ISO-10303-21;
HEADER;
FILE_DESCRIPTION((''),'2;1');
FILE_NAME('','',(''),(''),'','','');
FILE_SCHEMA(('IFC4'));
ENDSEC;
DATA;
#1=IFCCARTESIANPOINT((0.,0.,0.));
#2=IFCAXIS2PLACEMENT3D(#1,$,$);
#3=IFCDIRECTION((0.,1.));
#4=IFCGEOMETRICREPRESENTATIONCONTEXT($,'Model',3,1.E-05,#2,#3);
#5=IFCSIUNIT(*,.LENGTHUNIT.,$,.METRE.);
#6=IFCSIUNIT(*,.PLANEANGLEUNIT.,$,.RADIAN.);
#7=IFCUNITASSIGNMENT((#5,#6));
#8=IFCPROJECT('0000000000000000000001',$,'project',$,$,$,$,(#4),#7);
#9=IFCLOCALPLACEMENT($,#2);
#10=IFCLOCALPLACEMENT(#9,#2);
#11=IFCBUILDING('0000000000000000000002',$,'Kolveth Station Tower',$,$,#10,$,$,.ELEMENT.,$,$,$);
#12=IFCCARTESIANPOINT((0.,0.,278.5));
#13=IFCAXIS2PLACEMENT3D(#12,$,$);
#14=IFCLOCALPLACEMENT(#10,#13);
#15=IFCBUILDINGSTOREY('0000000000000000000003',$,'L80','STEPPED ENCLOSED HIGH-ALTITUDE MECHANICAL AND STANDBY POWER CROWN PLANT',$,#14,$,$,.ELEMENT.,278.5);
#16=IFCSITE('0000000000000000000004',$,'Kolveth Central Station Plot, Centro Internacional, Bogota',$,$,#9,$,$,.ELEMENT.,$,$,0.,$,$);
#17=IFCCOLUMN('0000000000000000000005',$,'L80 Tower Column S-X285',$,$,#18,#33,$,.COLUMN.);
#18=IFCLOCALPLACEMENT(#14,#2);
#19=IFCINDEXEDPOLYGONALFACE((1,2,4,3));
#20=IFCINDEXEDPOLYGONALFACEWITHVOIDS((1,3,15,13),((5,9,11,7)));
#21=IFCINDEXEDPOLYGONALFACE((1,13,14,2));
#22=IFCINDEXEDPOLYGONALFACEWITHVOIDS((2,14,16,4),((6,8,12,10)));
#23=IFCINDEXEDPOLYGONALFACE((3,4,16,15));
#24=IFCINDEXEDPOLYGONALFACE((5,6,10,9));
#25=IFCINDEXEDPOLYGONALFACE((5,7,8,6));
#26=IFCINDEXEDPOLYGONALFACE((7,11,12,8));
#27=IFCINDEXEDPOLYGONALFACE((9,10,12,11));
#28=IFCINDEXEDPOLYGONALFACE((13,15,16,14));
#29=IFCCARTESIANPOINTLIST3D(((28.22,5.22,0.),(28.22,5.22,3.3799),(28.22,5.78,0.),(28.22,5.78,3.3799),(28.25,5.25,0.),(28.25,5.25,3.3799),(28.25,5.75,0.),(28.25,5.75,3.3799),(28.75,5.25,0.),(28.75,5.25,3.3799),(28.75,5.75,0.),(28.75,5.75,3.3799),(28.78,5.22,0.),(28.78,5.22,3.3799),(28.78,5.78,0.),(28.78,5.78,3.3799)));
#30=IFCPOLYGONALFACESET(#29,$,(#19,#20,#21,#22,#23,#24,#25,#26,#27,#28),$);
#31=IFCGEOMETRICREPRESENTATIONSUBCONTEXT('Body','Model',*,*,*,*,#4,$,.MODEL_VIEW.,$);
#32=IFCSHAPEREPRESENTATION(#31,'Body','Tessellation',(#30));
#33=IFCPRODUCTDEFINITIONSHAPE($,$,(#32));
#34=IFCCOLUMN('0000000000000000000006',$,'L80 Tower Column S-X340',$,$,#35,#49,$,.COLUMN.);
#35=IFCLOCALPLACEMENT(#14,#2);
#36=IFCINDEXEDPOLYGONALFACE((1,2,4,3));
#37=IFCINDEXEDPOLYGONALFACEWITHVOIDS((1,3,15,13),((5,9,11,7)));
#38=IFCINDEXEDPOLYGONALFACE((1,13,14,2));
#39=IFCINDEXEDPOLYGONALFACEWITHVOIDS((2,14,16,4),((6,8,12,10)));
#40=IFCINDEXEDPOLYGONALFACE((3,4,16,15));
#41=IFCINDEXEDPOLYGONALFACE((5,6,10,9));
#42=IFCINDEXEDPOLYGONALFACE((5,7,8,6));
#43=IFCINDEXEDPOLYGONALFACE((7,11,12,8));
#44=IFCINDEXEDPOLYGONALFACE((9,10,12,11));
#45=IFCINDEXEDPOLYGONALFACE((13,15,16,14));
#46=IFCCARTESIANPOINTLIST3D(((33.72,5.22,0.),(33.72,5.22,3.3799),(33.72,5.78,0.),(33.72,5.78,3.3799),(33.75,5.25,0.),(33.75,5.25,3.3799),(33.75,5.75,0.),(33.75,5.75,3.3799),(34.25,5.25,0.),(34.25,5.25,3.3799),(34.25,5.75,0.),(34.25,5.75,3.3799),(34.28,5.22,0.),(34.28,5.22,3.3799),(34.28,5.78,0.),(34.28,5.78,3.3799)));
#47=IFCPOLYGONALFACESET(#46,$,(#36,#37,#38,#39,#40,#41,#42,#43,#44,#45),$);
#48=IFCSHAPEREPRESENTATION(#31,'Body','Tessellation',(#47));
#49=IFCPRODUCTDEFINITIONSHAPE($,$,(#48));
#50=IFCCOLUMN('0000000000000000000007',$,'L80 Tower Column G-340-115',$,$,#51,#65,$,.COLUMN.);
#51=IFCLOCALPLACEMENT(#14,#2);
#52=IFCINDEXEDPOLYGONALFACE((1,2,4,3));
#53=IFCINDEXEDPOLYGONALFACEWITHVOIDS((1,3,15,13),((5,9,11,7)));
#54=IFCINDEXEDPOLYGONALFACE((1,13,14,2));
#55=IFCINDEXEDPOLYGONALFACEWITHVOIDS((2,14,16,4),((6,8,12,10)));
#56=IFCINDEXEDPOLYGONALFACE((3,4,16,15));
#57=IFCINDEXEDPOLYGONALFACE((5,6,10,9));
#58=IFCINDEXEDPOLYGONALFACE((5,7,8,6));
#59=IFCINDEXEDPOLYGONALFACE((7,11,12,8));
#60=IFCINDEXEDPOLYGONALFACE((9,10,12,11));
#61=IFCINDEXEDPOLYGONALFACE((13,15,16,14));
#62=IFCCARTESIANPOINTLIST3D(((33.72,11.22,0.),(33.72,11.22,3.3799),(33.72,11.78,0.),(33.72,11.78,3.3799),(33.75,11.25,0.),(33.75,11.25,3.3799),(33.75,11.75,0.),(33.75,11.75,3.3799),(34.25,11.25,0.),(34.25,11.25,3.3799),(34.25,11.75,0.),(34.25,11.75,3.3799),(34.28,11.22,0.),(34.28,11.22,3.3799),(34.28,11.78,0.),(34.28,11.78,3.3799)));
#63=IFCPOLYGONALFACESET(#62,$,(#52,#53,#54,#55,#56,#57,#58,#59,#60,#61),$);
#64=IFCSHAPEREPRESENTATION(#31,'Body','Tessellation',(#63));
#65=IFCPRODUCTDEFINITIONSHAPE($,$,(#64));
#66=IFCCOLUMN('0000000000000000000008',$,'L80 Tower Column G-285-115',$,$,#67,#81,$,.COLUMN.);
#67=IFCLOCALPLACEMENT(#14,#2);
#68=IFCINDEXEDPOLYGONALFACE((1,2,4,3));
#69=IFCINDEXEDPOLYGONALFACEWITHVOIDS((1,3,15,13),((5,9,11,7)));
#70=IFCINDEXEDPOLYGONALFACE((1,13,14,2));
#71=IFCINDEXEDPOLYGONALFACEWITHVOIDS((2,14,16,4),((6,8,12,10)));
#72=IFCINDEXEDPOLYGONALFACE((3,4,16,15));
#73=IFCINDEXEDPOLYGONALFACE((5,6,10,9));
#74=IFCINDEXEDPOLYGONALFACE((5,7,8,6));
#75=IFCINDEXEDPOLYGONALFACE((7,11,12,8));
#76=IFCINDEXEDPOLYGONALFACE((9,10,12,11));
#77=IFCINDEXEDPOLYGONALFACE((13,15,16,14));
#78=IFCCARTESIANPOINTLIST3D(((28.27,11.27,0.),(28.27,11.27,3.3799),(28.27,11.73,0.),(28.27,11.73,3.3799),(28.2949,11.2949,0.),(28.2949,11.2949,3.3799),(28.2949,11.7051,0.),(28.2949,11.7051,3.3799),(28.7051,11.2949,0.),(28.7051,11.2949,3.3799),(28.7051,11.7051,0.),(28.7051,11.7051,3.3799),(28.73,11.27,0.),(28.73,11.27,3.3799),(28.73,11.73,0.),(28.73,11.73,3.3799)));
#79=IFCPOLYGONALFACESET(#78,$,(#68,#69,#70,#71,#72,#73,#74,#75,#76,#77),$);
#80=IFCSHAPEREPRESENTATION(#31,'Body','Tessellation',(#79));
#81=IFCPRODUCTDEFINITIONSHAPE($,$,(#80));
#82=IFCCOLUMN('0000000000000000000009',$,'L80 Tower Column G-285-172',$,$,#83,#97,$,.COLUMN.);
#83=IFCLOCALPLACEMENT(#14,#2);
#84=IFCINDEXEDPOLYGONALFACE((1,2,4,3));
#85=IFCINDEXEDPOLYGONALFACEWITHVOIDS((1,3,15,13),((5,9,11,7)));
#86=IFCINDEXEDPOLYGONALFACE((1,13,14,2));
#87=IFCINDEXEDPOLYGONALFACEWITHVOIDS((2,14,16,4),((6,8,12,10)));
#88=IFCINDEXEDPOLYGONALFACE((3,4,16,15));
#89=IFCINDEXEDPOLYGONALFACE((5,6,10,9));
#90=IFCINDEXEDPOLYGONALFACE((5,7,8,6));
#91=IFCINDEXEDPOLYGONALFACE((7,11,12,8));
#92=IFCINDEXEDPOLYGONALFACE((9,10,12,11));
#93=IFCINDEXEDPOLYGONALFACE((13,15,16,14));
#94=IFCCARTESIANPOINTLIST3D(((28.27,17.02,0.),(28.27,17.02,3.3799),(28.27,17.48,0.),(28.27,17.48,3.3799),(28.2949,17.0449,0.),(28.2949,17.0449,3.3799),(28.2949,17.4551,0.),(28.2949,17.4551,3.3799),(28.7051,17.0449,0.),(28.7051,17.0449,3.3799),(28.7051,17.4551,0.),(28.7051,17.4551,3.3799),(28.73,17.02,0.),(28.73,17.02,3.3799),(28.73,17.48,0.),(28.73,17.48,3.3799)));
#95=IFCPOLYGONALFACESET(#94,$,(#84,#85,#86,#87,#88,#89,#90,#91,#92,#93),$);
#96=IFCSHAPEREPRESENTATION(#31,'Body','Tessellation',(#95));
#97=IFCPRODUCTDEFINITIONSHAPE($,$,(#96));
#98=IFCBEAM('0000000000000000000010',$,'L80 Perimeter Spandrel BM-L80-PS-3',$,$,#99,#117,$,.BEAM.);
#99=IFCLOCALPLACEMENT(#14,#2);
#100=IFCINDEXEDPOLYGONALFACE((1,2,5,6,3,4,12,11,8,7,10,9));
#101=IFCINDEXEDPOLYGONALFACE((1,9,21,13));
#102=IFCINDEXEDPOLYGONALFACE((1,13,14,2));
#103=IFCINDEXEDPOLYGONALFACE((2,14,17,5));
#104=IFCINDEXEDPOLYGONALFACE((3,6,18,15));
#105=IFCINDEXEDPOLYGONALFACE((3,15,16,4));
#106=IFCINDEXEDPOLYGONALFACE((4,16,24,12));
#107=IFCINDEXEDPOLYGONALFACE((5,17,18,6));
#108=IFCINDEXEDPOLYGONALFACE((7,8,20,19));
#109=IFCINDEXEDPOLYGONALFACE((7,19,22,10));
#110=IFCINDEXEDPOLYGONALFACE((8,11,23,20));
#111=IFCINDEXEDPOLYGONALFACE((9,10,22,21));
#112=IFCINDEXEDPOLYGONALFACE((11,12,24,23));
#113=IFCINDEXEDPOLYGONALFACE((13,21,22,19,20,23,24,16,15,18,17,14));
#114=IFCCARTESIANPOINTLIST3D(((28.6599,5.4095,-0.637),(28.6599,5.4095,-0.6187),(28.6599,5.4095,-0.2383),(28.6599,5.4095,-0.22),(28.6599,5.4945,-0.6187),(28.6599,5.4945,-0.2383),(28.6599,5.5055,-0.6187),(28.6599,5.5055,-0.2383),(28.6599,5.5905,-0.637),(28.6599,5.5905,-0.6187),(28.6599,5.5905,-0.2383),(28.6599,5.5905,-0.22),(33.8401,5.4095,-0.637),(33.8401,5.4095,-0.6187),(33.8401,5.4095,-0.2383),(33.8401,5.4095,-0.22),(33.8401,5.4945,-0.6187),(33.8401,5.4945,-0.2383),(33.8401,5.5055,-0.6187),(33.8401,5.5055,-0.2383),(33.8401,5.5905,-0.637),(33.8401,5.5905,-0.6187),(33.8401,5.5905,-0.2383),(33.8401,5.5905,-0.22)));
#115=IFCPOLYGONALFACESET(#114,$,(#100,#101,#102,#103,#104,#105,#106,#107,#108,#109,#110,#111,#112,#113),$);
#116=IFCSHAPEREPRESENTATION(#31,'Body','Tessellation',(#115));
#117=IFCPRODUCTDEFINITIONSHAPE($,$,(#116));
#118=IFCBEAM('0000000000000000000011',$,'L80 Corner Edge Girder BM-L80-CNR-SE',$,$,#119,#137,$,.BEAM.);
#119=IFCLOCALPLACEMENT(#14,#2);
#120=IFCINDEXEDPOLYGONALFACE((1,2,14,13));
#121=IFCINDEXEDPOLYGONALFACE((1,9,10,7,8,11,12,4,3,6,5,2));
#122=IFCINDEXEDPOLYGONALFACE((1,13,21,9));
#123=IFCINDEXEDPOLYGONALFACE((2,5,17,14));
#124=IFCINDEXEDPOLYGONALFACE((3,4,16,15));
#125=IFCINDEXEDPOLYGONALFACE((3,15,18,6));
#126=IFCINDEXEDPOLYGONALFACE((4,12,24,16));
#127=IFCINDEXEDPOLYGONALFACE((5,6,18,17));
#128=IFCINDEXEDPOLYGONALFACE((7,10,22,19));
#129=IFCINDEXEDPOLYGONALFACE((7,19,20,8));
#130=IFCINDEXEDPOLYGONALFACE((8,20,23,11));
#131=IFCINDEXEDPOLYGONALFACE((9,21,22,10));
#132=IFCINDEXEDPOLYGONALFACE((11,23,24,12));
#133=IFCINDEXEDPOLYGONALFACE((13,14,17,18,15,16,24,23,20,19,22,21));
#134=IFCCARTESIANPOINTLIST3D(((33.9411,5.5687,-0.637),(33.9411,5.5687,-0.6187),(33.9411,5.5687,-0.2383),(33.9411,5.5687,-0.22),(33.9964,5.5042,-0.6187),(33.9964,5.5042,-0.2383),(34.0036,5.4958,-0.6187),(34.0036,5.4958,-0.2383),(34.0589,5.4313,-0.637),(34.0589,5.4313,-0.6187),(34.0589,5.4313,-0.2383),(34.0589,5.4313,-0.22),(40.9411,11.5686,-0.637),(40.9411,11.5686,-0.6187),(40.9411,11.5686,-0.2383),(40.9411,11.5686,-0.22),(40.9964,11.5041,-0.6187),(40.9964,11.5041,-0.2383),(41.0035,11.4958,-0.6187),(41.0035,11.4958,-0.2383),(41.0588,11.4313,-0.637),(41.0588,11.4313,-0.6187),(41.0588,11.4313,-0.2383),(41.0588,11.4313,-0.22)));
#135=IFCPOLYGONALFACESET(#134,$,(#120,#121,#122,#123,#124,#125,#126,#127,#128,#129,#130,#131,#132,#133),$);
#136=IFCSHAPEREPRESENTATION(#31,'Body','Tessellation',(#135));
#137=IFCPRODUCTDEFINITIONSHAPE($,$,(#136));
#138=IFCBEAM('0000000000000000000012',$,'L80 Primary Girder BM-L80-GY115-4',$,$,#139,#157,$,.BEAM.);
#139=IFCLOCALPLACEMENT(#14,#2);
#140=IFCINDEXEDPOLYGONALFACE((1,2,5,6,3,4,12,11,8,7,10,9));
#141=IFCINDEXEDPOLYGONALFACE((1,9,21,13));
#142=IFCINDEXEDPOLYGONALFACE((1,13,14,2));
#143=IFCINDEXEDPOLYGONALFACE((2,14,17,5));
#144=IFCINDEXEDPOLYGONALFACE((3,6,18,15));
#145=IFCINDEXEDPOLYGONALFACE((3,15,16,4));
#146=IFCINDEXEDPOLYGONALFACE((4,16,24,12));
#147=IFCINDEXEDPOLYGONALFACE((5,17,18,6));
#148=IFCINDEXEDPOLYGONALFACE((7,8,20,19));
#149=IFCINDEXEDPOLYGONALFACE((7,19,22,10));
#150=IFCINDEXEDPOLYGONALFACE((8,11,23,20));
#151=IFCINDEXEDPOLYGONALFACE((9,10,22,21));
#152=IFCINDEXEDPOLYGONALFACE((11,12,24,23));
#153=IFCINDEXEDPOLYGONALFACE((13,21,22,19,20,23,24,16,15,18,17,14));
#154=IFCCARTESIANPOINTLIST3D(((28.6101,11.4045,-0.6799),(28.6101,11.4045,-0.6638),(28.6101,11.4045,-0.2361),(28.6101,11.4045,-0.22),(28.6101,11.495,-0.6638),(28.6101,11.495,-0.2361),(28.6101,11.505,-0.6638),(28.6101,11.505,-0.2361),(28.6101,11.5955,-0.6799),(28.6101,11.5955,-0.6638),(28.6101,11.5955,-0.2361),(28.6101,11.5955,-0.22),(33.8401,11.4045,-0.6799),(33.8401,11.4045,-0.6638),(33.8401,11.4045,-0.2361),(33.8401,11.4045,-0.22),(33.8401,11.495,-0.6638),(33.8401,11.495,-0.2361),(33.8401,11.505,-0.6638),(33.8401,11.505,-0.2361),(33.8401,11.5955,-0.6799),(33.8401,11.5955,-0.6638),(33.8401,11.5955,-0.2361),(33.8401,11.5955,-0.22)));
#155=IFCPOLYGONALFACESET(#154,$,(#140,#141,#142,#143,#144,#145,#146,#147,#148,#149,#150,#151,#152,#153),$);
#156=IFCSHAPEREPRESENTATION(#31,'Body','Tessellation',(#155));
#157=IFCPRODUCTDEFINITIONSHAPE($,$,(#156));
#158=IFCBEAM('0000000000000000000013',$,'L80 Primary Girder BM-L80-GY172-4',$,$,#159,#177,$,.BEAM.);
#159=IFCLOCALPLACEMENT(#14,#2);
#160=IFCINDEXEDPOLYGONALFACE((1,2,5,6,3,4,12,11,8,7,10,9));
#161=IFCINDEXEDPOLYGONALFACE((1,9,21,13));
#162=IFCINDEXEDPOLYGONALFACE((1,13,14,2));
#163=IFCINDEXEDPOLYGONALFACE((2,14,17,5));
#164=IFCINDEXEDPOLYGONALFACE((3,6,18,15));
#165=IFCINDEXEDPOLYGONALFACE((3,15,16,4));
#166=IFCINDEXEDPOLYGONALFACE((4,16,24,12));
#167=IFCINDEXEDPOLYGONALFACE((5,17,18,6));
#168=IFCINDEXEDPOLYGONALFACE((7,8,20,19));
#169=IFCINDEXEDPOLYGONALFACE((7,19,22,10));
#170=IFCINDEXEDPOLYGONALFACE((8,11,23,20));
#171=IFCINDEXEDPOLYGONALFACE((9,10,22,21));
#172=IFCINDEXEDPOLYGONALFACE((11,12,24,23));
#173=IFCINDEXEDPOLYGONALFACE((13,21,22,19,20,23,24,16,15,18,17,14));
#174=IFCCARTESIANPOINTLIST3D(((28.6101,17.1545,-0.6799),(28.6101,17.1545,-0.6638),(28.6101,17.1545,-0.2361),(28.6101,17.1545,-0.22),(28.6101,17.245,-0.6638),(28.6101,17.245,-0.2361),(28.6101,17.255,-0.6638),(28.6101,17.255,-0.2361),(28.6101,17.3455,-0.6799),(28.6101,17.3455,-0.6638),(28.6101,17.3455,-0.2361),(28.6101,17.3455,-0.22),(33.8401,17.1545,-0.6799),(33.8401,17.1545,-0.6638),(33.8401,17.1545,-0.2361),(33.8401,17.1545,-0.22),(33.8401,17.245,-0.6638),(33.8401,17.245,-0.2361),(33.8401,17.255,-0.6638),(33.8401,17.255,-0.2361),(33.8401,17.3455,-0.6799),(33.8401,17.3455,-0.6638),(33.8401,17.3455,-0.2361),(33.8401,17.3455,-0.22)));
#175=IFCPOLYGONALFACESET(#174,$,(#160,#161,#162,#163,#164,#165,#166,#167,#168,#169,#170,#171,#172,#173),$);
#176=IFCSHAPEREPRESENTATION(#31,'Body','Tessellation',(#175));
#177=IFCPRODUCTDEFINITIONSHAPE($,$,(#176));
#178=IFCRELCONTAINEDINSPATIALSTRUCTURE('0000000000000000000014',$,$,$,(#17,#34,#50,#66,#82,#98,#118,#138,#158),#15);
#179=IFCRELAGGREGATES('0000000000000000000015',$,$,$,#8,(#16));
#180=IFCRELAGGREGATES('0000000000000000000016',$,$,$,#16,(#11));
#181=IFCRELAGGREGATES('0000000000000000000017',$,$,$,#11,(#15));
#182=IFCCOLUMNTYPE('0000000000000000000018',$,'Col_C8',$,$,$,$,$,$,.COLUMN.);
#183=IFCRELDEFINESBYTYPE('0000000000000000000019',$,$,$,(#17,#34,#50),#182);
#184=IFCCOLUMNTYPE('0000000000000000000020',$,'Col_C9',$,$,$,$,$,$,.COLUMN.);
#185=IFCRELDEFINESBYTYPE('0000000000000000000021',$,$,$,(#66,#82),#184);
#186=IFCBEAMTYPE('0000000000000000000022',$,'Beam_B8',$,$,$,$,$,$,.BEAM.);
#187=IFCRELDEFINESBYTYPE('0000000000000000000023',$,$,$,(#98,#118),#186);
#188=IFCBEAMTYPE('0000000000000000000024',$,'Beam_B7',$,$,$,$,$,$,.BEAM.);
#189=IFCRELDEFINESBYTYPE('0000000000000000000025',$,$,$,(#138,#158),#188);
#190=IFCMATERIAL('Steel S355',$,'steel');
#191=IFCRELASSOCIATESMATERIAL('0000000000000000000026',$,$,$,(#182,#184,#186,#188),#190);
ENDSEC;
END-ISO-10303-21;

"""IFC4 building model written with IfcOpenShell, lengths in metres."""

from ifc_helpers import new_model, si_unit, direction, frame, origin, origin_2d, place, context, subcontext, project, spatial, hollow_rectangle, i_section, extrude, source, transform, mapped, material, material_profile, profile_set, type_object, element, save


model = new_model("IFC4")

# Units and contexts
model_context = context("Model", 3, precision=1e-05, world=origin(), true_north=direction((0.0, 1.0)))
body_context = subcontext(model_context, "Body", "Model", "MODEL_VIEW")
ifc_project = project(units=[si_unit("LENGTHUNIT", "METRE"), si_unit("PLANEANGLEUNIT", "RADIAN")], contexts=[model_context])

# Site, building, storey
site_placement = place(None, origin())
site = spatial("IfcSite", under=ifc_project, at=site_placement, Name="Kolveth Central Station Plot, Centro Internacional, Bogota", CompositionType="ELEMENT", RefElevation=0.0)
building_placement = place(site_placement, origin())
building = spatial("IfcBuilding", under=site, at=building_placement, Name="Kolveth Station Tower", CompositionType="ELEMENT")
storey_placement = place(building_placement, frame((0.0, 0.0, 278.5)))
storey = spatial("IfcBuildingStorey", under=building, at=storey_placement, Name="L80", Description="STEPPED ENCLOSED HIGH-ALTITUDE MECHANICAL AND STANDBY POWER CROWN PLANT", CompositionType="ELEMENT", Elevation=278.5)

# Columns
ifc_material_1 = material(Name="Steel S355", Category="steel")
ifc_material_profile_1 = material_profile(ifc_material_1, hollow_rectangle(XDim=0.5601, YDim=0.5601, WallThickness=0.03, at=origin_2d()), Name="BOX560x560x30")
ifc_profile_set_1 = profile_set([ifc_material_profile_1], Name="Steel S355")
column_type_1 = type_object("IfcColumnType", Name="Col_C8", PredefinedType="COLUMN", material=ifc_profile_set_1)
shared_shape_1 = source(origin(), body_context, "Body", "SweptSolid", [
    extrude(hollow_rectangle(XDim=0.5601, YDim=0.5601, WallThickness=0.03, at=origin_2d()), origin(), (0.0, 0.0, 1.0), 3.3799),
])
for number, where, z_axis, x_axis, name in (
    (1, (28.5, 5.5, 0.0), (0.0, 0.0, 1.0), (1.0, 0.0, 0.0), "L80 Tower Column S-X285"),
    (2, (34.0, 5.5, 0.0), (0.0, 0.0, 1.0), (1.0, 0.0, 0.0), "L80 Tower Column S-X340"),
    (3, (34.0, 11.5, 0.0), (0.0, 0.0, 1.0), (1.0, 0.0, 0.0), "L80 Tower Column G-340-115"),
):
    element("IfcColumn", number, at=place(storey_placement, frame(where, z_axis=z_axis, x_axis=x_axis)), inside=storey, type_object=column_type_1, Name=name, PredefinedType="COLUMN", context=body_context, shape_type="MappedRepresentation", body=[
        mapped(shared_shape_1, transform((0.0, 0.0, 0.0), x_axis=(1.0, 0.0, 0.0), y_axis=(0.0, 1.0, 0.0), z_axis=(0.0, 0.0, 1.0), scale=1.0)),
    ])
ifc_material_profile_2 = material_profile(ifc_material_1, hollow_rectangle(XDim=0.46, YDim=0.46, WallThickness=0.0249, at=origin_2d()), Name="BOX460x460x25")
ifc_profile_set_2 = profile_set([ifc_material_profile_2], Name="Steel S355")
column_type_2 = type_object("IfcColumnType", Name="Col_C9", PredefinedType="COLUMN", material=ifc_profile_set_2)
shared_shape_2 = source(origin(), body_context, "Body", "SweptSolid", [
    extrude(hollow_rectangle(XDim=0.46, YDim=0.46, WallThickness=0.0249, at=origin_2d()), origin(), (0.0, 0.0, 1.0), 3.3799),
])
for number, where, z_axis, x_axis, name in (
    (4, (28.5, 11.5, 0.0), (0.0, 0.0, 1.0), (1.0, 0.0, 0.0), "L80 Tower Column G-285-115"),
    (5, (28.5, 17.25, 0.0), (0.0, 0.0, 1.0), (1.0, 0.0, 0.0), "L80 Tower Column G-285-172"),
):
    element("IfcColumn", number, at=place(storey_placement, frame(where, z_axis=z_axis, x_axis=x_axis)), inside=storey, type_object=column_type_2, Name=name, PredefinedType="COLUMN", context=body_context, shape_type="MappedRepresentation", body=[
        mapped(shared_shape_2, transform((0.0, 0.0, 0.0), x_axis=(1.0, 0.0, 0.0), y_axis=(0.0, 1.0, 0.0), z_axis=(0.0, 0.0, 1.0), scale=1.0)),
    ])

# Beams
ifc_material_profile_3 = material_profile(ifc_material_1, i_section(OverallWidth=0.1809, OverallDepth=0.417, WebThickness=0.011, FlangeThickness=0.0183, at=origin_2d()), Name="W410x85")
ifc_profile_set_3 = profile_set([ifc_material_profile_3], Name="Steel S355")
beam_type_1 = type_object("IfcBeamType", Name="Beam_B8", PredefinedType="BEAM", material=ifc_profile_set_3)
shared_shape_3 = source(origin(), body_context, "Body", "SweptSolid", [
    extrude(i_section(OverallWidth=0.1809, OverallDepth=0.417, WebThickness=0.011, FlangeThickness=0.0183, at=origin_2d()), origin(), (0.0, 0.0, 1.0), 5.1802),
])
beam_1_placement = place(storey_placement, frame((28.6599, 5.5, -0.4285), z_axis=(1.0, 0.0, 0.0), x_axis=(0.0, 1.0, 0.0)))
element("IfcBeam", 6, at=beam_1_placement, inside=storey, type_object=beam_type_1, Name="L80 Perimeter Spandrel BM-L80-PS-3", PredefinedType="BEAM", context=body_context, shape_type="MappedRepresentation", body=[
    mapped(shared_shape_3, transform((0.0, 0.0, 0.0), x_axis=(1.0, 0.0, 0.0), y_axis=(0.0, 1.0, 0.0), z_axis=(0.0, 0.0, 1.0), scale=1.0)),
])
shared_shape_4 = source(origin(), body_context, "Body", "SweptSolid", [
    extrude(i_section(OverallWidth=0.1809, OverallDepth=0.417, WebThickness=0.011, FlangeThickness=0.0183, at=origin_2d()), origin(), (0.0, 0.0, 1.0), 9.2195),
])
beam_2_placement = place(storey_placement, frame((34.0, 5.5, -0.4285), z_axis=(0.759257, 0.650791, 0.0), x_axis=(-0.650791, 0.759257, 0.0)))
element("IfcBeam", 7, at=beam_2_placement, inside=storey, type_object=beam_type_1, Name="L80 Corner Edge Girder BM-L80-CNR-SE", PredefinedType="BEAM", context=body_context, shape_type="MappedRepresentation", body=[
    mapped(shared_shape_4, transform((0.0, 0.0, 0.0), x_axis=(1.0, 0.0, 0.0), y_axis=(0.0, 1.0, 0.0), z_axis=(0.0, 0.0, 1.0), scale=1.0)),
])
ifc_material_profile_4 = material_profile(ifc_material_1, i_section(OverallWidth=0.1909, OverallDepth=0.46, WebThickness=0.01, FlangeThickness=0.0161, at=origin_2d()), Name="W460x82")
ifc_profile_set_4 = profile_set([ifc_material_profile_4], Name="Steel S355")
beam_type_2 = type_object("IfcBeamType", Name="Beam_B7", PredefinedType="BEAM", material=ifc_profile_set_4)
shared_shape_5 = source(origin(), body_context, "Body", "SweptSolid", [
    extrude(i_section(OverallWidth=0.1909, OverallDepth=0.46, WebThickness=0.01, FlangeThickness=0.0161, at=origin_2d()), origin(), (0.0, 0.0, 1.0), 5.23),
])
for number, where, z_axis, x_axis, name in (
    (8, (28.6101, 11.5, -0.45), (1.0, 0.0, 0.0), (0.0, 1.0, 0.0), "L80 Primary Girder BM-L80-GY115-4"),
    (9, (28.6101, 17.25, -0.45), (1.0, 0.0, 0.0), (0.0, 1.0, 0.0), "L80 Primary Girder BM-L80-GY172-4"),
):
    element("IfcBeam", number, at=place(storey_placement, frame(where, z_axis=z_axis, x_axis=x_axis)), inside=storey, type_object=beam_type_2, Name=name, PredefinedType="BEAM", context=body_context, shape_type="MappedRepresentation", body=[
        mapped(shared_shape_5, transform((0.0, 0.0, 0.0), x_axis=(1.0, 0.0, 0.0), y_axis=(0.0, 1.0, 0.0), z_axis=(0.0, 0.0, 1.0), scale=1.0)),
    ])

save(model, "model.ifc")
